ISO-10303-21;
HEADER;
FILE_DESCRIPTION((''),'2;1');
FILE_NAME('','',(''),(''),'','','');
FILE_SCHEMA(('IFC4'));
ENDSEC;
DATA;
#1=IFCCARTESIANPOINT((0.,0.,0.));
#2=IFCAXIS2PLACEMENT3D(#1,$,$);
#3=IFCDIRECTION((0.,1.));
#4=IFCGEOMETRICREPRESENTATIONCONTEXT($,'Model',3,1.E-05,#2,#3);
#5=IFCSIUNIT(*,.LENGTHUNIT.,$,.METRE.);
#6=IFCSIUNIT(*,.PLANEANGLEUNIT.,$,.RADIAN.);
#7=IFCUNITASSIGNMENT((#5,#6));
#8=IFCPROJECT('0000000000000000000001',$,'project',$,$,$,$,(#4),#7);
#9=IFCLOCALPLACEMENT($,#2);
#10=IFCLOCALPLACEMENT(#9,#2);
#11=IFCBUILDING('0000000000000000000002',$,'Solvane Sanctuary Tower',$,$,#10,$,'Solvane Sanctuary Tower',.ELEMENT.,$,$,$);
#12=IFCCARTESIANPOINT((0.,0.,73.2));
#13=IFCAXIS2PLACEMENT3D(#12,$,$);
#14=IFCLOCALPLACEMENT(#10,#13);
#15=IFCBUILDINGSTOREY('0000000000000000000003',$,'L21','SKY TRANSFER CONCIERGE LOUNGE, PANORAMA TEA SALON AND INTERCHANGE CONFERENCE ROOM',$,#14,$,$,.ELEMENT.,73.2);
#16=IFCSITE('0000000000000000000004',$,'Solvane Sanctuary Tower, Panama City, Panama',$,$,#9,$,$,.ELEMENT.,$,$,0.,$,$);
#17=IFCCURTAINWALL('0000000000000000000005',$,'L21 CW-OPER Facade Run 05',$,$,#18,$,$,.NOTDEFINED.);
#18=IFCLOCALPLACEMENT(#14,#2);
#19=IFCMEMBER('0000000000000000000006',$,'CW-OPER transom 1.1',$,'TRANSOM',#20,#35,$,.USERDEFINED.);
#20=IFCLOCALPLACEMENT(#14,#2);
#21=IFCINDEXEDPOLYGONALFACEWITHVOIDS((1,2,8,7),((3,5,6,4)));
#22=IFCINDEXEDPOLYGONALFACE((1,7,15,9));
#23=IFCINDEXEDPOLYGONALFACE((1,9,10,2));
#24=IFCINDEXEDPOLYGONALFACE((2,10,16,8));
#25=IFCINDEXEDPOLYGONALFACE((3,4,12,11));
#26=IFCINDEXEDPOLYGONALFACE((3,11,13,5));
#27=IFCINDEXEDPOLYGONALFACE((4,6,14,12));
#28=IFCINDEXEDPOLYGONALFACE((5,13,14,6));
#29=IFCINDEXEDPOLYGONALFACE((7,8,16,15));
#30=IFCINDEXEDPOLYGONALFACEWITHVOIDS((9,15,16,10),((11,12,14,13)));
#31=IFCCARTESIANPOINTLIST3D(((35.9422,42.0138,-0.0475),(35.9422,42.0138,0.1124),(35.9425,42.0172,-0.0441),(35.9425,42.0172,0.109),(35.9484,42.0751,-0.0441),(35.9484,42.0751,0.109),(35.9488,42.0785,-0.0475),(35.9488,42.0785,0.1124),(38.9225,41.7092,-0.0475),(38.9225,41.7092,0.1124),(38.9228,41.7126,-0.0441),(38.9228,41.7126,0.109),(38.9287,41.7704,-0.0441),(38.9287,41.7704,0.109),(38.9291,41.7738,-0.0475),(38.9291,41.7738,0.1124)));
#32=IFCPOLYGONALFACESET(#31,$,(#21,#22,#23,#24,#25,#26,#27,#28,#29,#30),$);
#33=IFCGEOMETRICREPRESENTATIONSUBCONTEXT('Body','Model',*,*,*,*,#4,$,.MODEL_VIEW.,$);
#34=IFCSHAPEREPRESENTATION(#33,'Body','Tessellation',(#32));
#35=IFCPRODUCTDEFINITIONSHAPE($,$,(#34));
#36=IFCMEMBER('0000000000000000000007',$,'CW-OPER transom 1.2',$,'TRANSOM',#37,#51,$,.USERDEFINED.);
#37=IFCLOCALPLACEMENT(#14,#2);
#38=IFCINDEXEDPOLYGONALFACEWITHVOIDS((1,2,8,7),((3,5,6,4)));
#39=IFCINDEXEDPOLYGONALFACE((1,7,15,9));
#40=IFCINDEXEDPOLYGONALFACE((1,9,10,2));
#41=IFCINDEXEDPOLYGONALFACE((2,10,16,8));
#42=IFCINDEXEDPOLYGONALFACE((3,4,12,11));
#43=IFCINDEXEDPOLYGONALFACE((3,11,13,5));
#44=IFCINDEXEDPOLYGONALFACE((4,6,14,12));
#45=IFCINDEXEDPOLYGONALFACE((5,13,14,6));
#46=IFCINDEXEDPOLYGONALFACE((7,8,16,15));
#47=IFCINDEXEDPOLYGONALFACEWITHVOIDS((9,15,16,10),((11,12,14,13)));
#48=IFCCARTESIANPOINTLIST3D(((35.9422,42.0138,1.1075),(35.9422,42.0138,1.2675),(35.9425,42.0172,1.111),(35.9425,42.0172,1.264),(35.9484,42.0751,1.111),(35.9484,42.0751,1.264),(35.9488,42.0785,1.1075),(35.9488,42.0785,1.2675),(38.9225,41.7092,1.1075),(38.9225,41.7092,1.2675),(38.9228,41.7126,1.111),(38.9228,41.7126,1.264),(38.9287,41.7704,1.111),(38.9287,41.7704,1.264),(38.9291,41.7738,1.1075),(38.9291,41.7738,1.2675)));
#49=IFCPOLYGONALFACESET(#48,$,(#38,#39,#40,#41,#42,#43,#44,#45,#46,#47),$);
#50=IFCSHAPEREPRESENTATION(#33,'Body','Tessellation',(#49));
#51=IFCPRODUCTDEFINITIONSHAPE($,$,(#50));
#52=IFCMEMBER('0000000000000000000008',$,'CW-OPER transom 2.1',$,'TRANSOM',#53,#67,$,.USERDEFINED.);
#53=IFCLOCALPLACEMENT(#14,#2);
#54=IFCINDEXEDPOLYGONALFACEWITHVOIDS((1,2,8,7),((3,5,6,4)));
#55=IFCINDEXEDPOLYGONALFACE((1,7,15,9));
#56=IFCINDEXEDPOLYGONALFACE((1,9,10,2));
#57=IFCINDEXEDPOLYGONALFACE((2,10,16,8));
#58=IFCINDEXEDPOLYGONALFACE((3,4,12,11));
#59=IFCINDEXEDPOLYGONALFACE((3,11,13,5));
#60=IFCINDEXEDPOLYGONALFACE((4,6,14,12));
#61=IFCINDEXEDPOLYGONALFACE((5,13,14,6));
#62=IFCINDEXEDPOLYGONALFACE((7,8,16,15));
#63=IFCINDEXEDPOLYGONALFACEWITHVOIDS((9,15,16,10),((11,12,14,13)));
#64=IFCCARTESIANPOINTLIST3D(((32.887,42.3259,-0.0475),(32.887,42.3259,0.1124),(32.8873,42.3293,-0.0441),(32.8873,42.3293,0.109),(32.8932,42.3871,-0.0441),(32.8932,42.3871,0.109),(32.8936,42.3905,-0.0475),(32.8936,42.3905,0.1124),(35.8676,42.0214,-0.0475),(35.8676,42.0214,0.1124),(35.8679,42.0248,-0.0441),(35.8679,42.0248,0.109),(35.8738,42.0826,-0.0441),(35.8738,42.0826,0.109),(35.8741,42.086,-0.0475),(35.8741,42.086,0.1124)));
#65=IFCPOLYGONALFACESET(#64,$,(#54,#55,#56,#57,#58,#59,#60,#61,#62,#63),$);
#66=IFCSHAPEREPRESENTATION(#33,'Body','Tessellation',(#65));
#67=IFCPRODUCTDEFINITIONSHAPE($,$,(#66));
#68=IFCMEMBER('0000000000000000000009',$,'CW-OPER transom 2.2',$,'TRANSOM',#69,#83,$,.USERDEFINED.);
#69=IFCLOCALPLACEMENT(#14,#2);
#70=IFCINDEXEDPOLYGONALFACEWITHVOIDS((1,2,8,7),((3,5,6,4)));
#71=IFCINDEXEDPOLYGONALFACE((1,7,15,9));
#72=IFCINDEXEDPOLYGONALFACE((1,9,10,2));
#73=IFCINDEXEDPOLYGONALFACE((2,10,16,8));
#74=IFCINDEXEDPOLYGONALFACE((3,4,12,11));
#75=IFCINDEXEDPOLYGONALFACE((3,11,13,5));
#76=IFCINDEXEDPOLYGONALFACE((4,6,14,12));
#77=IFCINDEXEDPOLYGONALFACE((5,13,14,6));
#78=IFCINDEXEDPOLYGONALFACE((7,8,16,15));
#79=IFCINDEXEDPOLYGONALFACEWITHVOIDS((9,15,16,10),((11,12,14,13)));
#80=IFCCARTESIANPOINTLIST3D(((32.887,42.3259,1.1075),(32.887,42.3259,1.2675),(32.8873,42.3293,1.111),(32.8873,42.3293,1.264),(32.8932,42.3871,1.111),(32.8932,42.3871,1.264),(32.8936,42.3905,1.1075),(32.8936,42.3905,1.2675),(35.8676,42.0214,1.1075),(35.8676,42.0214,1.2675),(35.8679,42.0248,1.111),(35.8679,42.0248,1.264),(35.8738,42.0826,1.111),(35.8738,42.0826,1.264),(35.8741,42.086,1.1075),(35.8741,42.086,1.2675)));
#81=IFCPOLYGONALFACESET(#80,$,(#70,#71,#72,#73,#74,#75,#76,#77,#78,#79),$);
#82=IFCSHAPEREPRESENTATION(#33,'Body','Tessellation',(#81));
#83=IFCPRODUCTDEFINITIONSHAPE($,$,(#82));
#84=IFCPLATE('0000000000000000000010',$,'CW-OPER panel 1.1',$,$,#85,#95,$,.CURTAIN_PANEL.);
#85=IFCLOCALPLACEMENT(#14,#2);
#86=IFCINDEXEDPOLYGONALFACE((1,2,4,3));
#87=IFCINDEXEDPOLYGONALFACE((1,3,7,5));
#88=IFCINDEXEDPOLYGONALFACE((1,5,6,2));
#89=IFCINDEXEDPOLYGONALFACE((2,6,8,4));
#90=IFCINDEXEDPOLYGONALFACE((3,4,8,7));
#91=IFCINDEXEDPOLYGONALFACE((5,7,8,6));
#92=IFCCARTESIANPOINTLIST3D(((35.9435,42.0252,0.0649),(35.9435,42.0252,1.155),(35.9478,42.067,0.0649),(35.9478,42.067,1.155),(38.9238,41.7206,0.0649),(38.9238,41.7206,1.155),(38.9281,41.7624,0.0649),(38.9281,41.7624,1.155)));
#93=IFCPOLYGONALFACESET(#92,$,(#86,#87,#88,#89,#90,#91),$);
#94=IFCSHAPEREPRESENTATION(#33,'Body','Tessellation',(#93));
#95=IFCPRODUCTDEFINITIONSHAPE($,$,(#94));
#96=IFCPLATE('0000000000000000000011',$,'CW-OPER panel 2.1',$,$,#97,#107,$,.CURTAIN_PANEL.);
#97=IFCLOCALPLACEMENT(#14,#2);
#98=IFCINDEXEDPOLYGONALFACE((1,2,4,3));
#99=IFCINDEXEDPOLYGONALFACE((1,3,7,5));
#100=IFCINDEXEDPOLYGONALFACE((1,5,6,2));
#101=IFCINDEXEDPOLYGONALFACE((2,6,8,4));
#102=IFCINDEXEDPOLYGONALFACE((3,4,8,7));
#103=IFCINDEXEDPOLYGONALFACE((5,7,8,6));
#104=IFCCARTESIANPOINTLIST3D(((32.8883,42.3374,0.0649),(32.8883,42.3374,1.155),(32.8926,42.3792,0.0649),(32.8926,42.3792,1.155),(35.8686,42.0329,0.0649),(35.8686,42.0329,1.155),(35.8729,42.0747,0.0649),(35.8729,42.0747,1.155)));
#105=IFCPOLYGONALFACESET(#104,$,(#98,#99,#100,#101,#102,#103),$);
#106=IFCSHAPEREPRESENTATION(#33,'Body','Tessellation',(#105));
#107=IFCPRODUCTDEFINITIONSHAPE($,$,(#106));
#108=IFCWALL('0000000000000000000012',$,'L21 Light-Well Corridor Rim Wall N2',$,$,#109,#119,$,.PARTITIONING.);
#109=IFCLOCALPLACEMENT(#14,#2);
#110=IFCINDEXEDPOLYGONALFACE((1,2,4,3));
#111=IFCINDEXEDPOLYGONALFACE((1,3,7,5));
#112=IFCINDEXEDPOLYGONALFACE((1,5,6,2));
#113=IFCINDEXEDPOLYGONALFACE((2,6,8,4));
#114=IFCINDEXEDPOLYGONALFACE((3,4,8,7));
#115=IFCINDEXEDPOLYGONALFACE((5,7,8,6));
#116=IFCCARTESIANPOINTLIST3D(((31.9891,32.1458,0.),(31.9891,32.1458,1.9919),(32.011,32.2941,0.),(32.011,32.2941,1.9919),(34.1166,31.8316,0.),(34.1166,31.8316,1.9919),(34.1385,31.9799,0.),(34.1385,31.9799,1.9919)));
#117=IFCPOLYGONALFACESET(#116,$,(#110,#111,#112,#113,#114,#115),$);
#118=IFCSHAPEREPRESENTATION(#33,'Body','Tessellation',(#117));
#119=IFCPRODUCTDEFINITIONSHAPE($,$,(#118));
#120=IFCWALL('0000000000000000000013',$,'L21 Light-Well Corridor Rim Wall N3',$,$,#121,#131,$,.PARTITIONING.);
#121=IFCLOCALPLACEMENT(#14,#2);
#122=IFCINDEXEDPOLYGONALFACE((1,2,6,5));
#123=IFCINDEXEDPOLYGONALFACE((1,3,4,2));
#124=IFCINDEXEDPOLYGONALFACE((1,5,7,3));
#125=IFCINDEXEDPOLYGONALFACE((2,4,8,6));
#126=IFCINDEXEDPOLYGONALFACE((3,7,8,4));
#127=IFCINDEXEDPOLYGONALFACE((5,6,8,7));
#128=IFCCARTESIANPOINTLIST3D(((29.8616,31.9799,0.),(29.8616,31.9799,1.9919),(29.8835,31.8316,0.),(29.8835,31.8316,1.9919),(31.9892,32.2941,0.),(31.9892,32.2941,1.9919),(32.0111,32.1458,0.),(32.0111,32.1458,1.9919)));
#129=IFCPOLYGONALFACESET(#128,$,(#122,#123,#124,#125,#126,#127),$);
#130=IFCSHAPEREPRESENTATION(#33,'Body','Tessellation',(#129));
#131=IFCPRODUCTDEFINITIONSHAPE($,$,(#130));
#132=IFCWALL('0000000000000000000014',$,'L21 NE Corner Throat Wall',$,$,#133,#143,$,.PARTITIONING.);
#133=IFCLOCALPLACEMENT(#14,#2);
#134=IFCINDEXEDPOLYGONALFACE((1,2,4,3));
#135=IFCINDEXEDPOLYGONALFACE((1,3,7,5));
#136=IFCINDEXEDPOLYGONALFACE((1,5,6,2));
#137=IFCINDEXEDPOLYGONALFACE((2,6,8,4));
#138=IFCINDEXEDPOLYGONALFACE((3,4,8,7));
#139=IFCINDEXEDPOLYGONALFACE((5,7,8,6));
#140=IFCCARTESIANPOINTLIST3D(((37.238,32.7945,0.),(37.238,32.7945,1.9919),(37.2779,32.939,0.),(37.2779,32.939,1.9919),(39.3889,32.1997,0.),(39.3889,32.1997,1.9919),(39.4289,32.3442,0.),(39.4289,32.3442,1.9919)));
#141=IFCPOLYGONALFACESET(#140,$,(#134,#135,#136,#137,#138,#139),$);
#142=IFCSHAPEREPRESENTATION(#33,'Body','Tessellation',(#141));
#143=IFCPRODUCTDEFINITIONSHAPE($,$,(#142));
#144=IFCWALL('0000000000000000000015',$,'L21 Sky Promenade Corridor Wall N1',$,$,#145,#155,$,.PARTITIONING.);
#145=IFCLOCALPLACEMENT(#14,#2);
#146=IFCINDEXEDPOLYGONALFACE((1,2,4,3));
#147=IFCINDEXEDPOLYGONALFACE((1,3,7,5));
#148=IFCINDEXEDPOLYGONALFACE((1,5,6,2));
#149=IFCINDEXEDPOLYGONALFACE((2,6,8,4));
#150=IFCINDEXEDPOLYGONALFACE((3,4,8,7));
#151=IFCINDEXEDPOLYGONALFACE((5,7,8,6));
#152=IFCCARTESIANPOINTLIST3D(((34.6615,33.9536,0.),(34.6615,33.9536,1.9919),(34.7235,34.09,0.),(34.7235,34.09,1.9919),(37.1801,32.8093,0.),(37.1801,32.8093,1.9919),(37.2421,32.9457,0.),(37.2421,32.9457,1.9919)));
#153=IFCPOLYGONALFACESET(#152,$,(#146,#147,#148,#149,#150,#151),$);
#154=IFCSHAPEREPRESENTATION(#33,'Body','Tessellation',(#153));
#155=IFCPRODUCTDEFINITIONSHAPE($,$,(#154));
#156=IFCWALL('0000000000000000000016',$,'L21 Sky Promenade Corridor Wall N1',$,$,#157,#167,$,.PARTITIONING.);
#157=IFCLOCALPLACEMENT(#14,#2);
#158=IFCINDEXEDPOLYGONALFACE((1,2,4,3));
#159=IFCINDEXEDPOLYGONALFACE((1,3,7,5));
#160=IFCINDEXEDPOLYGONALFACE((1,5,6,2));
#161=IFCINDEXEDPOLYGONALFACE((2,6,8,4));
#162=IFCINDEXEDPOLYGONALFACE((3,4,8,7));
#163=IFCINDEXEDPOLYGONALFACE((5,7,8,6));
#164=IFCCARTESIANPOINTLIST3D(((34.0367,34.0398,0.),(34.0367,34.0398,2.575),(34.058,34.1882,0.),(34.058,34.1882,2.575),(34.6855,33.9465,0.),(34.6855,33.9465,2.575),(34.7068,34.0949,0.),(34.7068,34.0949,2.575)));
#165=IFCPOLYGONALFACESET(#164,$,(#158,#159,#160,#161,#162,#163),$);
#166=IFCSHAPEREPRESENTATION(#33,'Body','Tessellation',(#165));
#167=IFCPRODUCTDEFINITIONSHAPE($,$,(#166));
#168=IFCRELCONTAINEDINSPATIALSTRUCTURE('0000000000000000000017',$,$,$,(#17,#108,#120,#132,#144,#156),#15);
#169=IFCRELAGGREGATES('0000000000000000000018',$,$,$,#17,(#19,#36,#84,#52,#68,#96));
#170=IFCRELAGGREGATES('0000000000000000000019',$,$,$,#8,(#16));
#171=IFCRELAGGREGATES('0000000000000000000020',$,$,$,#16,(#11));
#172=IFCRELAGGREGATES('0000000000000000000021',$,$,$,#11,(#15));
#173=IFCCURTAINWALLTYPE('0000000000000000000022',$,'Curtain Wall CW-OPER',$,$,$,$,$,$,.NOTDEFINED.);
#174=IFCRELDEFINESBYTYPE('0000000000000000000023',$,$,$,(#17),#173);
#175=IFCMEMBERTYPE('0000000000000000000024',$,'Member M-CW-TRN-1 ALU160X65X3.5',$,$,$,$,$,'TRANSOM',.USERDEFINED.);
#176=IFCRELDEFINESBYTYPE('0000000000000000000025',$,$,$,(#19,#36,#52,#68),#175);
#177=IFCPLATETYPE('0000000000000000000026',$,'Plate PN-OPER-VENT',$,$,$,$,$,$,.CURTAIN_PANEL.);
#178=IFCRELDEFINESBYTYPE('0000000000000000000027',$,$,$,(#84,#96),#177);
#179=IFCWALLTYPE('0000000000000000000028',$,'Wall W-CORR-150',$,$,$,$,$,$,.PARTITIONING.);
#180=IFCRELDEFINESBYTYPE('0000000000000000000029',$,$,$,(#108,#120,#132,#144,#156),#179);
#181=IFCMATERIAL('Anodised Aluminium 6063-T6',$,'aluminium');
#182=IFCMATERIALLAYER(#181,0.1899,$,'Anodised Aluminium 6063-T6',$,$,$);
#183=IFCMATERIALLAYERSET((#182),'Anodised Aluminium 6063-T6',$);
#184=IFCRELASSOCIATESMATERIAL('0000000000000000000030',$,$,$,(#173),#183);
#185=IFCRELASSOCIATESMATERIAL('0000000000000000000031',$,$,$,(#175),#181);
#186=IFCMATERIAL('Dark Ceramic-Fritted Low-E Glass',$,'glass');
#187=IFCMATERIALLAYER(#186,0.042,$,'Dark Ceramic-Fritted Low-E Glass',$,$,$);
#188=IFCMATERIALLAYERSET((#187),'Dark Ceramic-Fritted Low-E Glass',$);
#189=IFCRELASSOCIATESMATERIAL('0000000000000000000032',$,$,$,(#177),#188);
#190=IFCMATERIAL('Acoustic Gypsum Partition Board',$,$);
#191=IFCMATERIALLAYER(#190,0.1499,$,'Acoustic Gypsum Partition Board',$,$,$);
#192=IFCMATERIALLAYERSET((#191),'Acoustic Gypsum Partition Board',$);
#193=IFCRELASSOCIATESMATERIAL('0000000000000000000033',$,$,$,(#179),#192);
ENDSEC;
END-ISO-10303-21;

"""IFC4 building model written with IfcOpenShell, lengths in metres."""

from ifc_helpers import new_model, si_unit, direction, frame, frame_2d, origin, origin_2d, place, context, subcontext, project, spatial, rectangle, hollow_rectangle, extrude, material, layer, layer_set, material_profile, profile_set, type_object, element, aggregate, save


model = new_model("IFC4")

# Units and contexts
model_context = context("Model", 3, precision=1e-05, world=origin(), true_north=direction((0.0, 1.0)))
body_context = subcontext(model_context, "Body", "Model", "MODEL_VIEW")
ifc_project = project(units=[si_unit("LENGTHUNIT", "METRE"), si_unit("PLANEANGLEUNIT", "RADIAN")], contexts=[model_context])

# Site, building, storey
site_placement = place(None, origin())
site = spatial("IfcSite", under=ifc_project, at=site_placement, Name="Solvane Sanctuary Tower, Panama City, Panama", CompositionType="ELEMENT", RefElevation=0.0)
building_placement = place(site_placement, origin())
building = spatial("IfcBuilding", under=site, at=building_placement, Name="Solvane Sanctuary Tower", LongName="Solvane Sanctuary Tower", CompositionType="ELEMENT")
storey_placement = place(building_placement, frame((0.0, 0.0, 73.2)))
storey = spatial("IfcBuildingStorey", under=building, at=storey_placement, Name="L21", Description="SKY TRANSFER CONCIERGE LOUNGE, PANORAMA TEA SALON AND INTERCHANGE CONFERENCE ROOM", CompositionType="ELEMENT", Elevation=73.2)

# Curtain wall, members, plates
ifc_material_1 = material(Name="Anodised Aluminium 6063-T6", Category="aluminium")
ifc_layer_1 = layer(ifc_material_1, 0.1899, Name="Anodised Aluminium 6063-T6")
ifc_layer_set_1 = layer_set([ifc_layer_1], Name="Anodised Aluminium 6063-T6")
curtain_wall_type = type_object("IfcCurtainWallType", Name="Curtain Wall CW-OPER", PredefinedType="NOTDEFINED", material=ifc_layer_set_1)
curtain_wall_placement = place(storey_placement, origin())
curtain_wall = element("IfcCurtainWall", 1, at=curtain_wall_placement, inside=storey, type_object=curtain_wall_type, Name="L21 CW-OPER Facade Run 05", PredefinedType="NOTDEFINED")
ifc_material_profile_1 = material_profile(ifc_material_1, hollow_rectangle(XDim=0.0649, YDim=0.1599, WallThickness=0.0034, at=origin_2d()), Name="ALU160X65X3.5")
ifc_profile_set_1 = profile_set([ifc_material_profile_1], Name="Anodised Aluminium 6063-T6")
member_type_1 = type_object("IfcMemberType", Name="Member M-CW-TRN-1 ALU160X65X3.5", ElementType="TRANSOM", PredefinedType="USERDEFINED", material=ifc_profile_set_1)
member_1_placement = place(storey_placement, frame((38.9258, 41.7415, 0.0325), z_axis=(-0.994814, 0.101706, 0.0), x_axis=(-0.101706, -0.994814, 0.0)))
member_1 = element("IfcMember", 2, at=member_1_placement, type_object=member_type_1, Name="CW-OPER transom 1.1", ObjectType="TRANSOM", PredefinedType="USERDEFINED", context=body_context, shape_type="SweptSolid", body=[
    extrude(hollow_rectangle(XDim=0.0649, YDim=0.1599, WallThickness=0.0034, at=origin_2d()), origin(), (0.0, 0.0, 1.0), 2.9958),
])
member_2_placement = place(storey_placement, frame((38.9258, 41.7415, 1.1875), z_axis=(-0.994814, 0.101706, 0.0), x_axis=(-0.101706, -0.994814, 0.0)))
member_2 = element("IfcMember", 3, at=member_2_placement, type_object=member_type_1, Name="CW-OPER transom 1.2", ObjectType="TRANSOM", PredefinedType="USERDEFINED", context=body_context, shape_type="SweptSolid", body=[
    extrude(hollow_rectangle(XDim=0.0649, YDim=0.1599, WallThickness=0.0034, at=origin_2d()), origin(), (0.0, 0.0, 1.0), 2.9958),
])
member_3_placement = place(storey_placement, frame((35.8708, 42.0537, 0.0325), z_axis=(-0.994824, 0.101617, 0.0), x_axis=(-0.101617, -0.994824, 0.0)))
member_3 = element("IfcMember", 4, at=member_3_placement, type_object=member_type_1, Name="CW-OPER transom 2.1", ObjectType="TRANSOM", PredefinedType="USERDEFINED", context=body_context, shape_type="SweptSolid", body=[
    extrude(hollow_rectangle(XDim=0.0649, YDim=0.1599, WallThickness=0.0034, at=origin_2d()), origin(), (0.0, 0.0, 1.0), 2.9961),
])
member_4_placement = place(storey_placement, frame((35.8708, 42.0537, 1.1875), z_axis=(-0.994824, 0.101617, 0.0), x_axis=(-0.101617, -0.994824, 0.0)))
member_4 = element("IfcMember", 5, at=member_4_placement, type_object=member_type_1, Name="CW-OPER transom 2.2", ObjectType="TRANSOM", PredefinedType="USERDEFINED", context=body_context, shape_type="SweptSolid", body=[
    extrude(hollow_rectangle(XDim=0.0649, YDim=0.1599, WallThickness=0.0034, at=origin_2d()), origin(), (0.0, 0.0, 1.0), 2.9961),
])
ifc_material_2 = material(Name="Dark Ceramic-Fritted Low-E Glass", Category="glass")
ifc_layer_2 = layer(ifc_material_2, 0.042, Name="Dark Ceramic-Fritted Low-E Glass")
ifc_layer_set_2 = layer_set([ifc_layer_2], Name="Dark Ceramic-Fritted Low-E Glass")
plate_type = type_object("IfcPlateType", Name="Plate PN-OPER-VENT", PredefinedType="CURTAIN_PANEL", material=ifc_layer_set_2)
plate_1_placement = place(storey_placement, frame((37.4358, 41.8938, 0.0649), z_axis=(0.0, 0.0, 1.0), x_axis=(-0.994819, 0.101658, 0.0)))
plate_1 = element("IfcPlate", 6, at=plate_1_placement, type_object=plate_type, Name="CW-OPER panel 1.1", PredefinedType="CURTAIN_PANEL", context=body_context, shape_type="SweptSolid", body=[
    extrude(rectangle(XDim=2.9958, YDim=0.042, at=origin_2d()), origin(), (0.0, 0.0, 1.0), 1.0901),
])
plate_2_placement = place(storey_placement, frame((34.3806, 42.2061, 0.0649), z_axis=(0.0, 0.0, 1.0), x_axis=(-0.994819, 0.101658, 0.0)))
plate_2 = element("IfcPlate", 7, at=plate_2_placement, type_object=plate_type, Name="CW-OPER panel 2.1", PredefinedType="CURTAIN_PANEL", context=body_context, shape_type="SweptSolid", body=[
    extrude(rectangle(XDim=2.9958, YDim=0.042, at=origin_2d()), origin(), (0.0, 0.0, 1.0), 1.0901),
])
aggregate(curtain_wall, [member_1, member_2, plate_1, member_3, member_4, plate_2])

# Walls
ifc_material_3 = material(Name="Acoustic Gypsum Partition Board")
ifc_layer_3 = layer(ifc_material_3, 0.1499, Name="Acoustic Gypsum Partition Board")
ifc_layer_set_3 = layer_set([ifc_layer_3], Name="Acoustic Gypsum Partition Board")
wall_type_1 = type_object("IfcWallType", Name="Wall W-CORR-150", PredefinedType="PARTITIONING", material=ifc_layer_set_3)
for number, where, z_axis, x_axis, name in (
    (8, (34.1274, 31.9058, 0.0), (0.0, 0.0, 1.0), (-0.989269, 0.146108, 0.0), "L21 Light-Well Corridor Rim Wall N2"),
    (9, (32.0, 32.22, 0.0), (0.0, 0.0, 1.0), (-0.989269, -0.146108, 0.0), "L21 Light-Well Corridor Rim Wall N3"),
):
    element("IfcWall", number, at=place(storey_placement, frame(where, z_axis=z_axis, x_axis=x_axis)), inside=storey, type_object=wall_type_1, Name=name, PredefinedType="PARTITIONING", context=body_context, shape_type="SweptSolid", body=[
        extrude(rectangle(XDim=2.1506, YDim=0.1499, at=frame_2d((1.0752, 0.0))), origin(), (0.0, 0.0, 1.0), 1.9919),
    ])
wall_1_placement = place(storey_placement, frame((37.2581, 32.8667, 0.0), z_axis=(0.0, 0.0, 1.0), x_axis=(0.963834, -0.266504, 0.0)))
element("IfcWall", 10, at=wall_1_placement, inside=storey, type_object=wall_type_1, Name="L21 NE Corner Throat Wall", PredefinedType="PARTITIONING", context=body_context, shape_type="SweptSolid", body=[
    extrude(rectangle(XDim=2.2317, YDim=0.1499, at=frame_2d((1.1157, 0.0))), origin(), (0.0, 0.0, 1.0), 1.9919),
])
wall_2_placement = place(storey_placement, frame((37.2112, 32.8774, 0.0), z_axis=(0.0, 0.0, 1.0), x_axis=(-0.910436, 0.41365, 0.0)))
element("IfcWall", 11, at=wall_2_placement, inside=storey, type_object=wall_type_1, Name="L21 Sky Promenade Corridor Wall N1", PredefinedType="PARTITIONING", context=body_context, shape_type="SweptSolid", body=[
    extrude(rectangle(XDim=2.7664, YDim=0.1499, at=frame_2d((1.3833, 0.0))), origin(), (0.0, 0.0, 1.0), 1.9919),
])
wall_3_placement = place(storey_placement, frame((34.696, 34.0208, 0.0), z_axis=(0.0, 0.0, 1.0), x_axis=(-0.98983, 0.142255, 0.0)))
element("IfcWall", 12, at=wall_3_placement, inside=storey, type_object=wall_type_1, Name="L21 Sky Promenade Corridor Wall N1", PredefinedType="PARTITIONING", context=body_context, shape_type="SweptSolid", body=[
    extrude(rectangle(XDim=0.6555, YDim=0.1499, at=frame_2d((0.3276, 0.0))), origin(), (0.0, 0.0, 1.0), 2.575),
])

save(model, "model.ifc")
